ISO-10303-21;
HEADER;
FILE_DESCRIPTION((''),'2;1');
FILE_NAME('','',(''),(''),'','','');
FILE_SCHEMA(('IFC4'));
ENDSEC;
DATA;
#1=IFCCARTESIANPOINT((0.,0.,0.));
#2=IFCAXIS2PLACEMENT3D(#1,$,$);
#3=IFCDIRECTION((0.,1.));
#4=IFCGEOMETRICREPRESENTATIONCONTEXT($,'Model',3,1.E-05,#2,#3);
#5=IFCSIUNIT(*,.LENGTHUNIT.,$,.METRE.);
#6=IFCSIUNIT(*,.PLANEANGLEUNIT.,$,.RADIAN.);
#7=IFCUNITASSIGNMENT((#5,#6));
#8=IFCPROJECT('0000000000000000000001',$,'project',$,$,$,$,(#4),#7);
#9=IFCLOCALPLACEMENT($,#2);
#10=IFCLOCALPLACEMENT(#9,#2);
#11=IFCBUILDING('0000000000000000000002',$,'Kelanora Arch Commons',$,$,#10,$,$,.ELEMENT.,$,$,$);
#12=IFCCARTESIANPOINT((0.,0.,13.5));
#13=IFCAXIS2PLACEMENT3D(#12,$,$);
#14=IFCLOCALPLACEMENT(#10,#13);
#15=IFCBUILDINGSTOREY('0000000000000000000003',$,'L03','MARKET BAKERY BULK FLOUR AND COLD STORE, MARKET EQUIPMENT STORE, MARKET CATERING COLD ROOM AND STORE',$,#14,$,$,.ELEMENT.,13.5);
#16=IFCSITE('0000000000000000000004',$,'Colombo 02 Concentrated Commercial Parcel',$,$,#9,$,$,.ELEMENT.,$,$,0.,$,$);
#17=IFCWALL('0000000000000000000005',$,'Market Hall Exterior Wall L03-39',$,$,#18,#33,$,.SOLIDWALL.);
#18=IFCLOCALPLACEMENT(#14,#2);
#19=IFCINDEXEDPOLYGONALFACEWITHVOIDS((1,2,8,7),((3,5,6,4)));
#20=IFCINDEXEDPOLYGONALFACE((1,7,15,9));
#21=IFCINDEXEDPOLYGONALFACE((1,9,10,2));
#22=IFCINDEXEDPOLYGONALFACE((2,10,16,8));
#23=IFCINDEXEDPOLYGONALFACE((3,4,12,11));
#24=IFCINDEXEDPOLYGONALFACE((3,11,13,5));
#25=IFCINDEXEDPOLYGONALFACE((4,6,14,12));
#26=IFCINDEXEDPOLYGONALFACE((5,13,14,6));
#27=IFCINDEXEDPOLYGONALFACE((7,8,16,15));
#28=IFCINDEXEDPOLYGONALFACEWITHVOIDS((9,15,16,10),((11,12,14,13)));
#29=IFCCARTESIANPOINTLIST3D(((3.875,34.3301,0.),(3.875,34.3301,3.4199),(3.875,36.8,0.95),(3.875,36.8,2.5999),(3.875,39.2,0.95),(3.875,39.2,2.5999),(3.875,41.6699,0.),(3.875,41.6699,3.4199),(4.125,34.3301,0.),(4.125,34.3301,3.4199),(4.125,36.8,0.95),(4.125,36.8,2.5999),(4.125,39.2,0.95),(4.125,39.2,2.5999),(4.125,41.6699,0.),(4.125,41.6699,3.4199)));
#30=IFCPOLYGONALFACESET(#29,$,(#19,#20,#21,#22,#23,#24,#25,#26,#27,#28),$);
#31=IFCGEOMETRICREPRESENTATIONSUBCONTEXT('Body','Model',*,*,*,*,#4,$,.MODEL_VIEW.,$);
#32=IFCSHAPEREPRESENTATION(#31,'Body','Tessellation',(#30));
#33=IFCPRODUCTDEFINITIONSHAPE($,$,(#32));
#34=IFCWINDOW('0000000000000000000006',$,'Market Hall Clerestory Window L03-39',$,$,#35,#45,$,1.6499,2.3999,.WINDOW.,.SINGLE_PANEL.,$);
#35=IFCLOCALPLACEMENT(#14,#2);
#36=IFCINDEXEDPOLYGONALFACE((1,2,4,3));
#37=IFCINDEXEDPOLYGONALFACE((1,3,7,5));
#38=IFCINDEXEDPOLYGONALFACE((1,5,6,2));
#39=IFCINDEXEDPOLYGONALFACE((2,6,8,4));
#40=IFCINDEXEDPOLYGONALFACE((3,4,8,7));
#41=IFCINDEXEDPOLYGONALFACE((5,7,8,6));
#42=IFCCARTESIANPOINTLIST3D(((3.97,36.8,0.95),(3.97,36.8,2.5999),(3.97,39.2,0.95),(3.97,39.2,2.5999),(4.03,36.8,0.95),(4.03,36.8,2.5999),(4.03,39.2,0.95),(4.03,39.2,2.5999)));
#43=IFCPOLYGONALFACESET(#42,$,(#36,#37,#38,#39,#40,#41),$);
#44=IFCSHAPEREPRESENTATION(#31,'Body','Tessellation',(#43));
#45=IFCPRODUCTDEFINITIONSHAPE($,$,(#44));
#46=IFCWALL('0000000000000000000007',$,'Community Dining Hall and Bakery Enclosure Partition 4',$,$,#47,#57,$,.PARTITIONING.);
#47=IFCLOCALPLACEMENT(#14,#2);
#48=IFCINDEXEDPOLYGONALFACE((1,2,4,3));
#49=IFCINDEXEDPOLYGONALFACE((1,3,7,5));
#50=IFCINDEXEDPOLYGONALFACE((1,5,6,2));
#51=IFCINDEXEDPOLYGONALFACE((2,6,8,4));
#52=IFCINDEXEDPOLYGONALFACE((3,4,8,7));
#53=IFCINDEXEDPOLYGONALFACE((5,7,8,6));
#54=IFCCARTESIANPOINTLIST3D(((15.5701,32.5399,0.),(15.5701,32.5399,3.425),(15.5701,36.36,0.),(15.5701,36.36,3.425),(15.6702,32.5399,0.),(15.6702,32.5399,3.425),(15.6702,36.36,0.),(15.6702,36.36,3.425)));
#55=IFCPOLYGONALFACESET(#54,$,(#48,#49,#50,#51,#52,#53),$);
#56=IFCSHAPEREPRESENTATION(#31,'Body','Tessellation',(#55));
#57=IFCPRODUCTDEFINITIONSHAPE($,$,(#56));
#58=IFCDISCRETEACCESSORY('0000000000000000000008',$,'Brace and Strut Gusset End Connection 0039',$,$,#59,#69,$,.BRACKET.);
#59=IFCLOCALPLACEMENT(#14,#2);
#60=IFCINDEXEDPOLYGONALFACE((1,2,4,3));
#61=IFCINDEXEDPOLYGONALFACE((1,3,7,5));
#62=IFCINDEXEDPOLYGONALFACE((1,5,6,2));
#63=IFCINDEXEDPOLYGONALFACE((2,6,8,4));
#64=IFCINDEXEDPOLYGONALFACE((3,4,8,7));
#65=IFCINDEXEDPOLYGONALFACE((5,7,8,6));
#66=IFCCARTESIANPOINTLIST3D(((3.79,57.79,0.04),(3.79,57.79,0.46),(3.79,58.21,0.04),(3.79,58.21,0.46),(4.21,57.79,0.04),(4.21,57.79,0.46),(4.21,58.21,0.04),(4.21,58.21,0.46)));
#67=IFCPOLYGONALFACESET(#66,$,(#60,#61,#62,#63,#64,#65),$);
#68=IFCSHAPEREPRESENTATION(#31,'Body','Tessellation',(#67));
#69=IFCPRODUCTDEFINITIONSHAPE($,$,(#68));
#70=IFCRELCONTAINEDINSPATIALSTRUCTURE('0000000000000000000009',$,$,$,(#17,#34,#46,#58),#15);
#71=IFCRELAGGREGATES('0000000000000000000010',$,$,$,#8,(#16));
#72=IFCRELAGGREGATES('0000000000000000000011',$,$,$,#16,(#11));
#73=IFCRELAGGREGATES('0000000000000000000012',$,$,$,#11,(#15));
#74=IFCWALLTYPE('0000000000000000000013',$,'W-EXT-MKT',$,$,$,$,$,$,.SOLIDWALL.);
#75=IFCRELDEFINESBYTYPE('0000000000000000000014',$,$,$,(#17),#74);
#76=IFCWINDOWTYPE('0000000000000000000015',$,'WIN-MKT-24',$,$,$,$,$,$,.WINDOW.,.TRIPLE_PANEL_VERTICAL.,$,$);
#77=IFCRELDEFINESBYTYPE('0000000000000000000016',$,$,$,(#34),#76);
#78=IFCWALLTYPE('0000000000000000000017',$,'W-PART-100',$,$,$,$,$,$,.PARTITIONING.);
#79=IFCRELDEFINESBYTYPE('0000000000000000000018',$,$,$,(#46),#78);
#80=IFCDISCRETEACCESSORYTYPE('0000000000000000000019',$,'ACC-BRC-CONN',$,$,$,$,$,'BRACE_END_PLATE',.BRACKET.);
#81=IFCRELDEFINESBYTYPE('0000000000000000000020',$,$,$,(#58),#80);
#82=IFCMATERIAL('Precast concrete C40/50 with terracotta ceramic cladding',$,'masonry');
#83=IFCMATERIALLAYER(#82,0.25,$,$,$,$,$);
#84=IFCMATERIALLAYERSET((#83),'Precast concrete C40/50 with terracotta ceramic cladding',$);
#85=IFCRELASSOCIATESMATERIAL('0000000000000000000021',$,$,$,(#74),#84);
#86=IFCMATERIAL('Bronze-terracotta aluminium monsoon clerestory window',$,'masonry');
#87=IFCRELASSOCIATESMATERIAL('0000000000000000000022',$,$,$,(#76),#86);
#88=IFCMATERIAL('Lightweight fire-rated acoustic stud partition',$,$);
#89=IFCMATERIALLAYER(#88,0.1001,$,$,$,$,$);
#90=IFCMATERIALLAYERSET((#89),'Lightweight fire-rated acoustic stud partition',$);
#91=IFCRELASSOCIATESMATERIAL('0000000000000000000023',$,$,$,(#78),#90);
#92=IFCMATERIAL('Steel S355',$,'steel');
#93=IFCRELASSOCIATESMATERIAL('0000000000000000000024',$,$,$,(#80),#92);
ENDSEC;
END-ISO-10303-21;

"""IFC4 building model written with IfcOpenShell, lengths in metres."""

from ifc_helpers import new_model, si_unit, direction, frame, frame_2d, origin, origin_2d, place, context, subcontext, project, spatial, rectangle, extrude, source, transform, mapped, material, layer, layer_set, type_object, element, fill, save


model = new_model("IFC4")

# Units and contexts
model_context = context("Model", 3, precision=1e-05, world=origin(), true_north=direction((0.0, 1.0)))
body_context = subcontext(model_context, "Body", "Model", "MODEL_VIEW")
ifc_project = project(units=[si_unit("LENGTHUNIT", "METRE"), si_unit("PLANEANGLEUNIT", "RADIAN")], contexts=[model_context])

# Site, building, storey
site_placement = place(None, origin())
site = spatial("IfcSite", under=ifc_project, at=site_placement, Name="Colombo 02 Concentrated Commercial Parcel", CompositionType="ELEMENT", RefElevation=0.0)
building_placement = place(site_placement, origin())
building = spatial("IfcBuilding", under=site, at=building_placement, Name="Kelanora Arch Commons", CompositionType="ELEMENT")
storey_placement = place(building_placement, frame((0.0, 0.0, 13.5)))
storey = spatial("IfcBuildingStorey", under=building, at=storey_placement, Name="L03", Description="MARKET BAKERY BULK FLOUR AND COLD STORE, MARKET EQUIPMENT STORE, MARKET CATERING COLD ROOM AND STORE", CompositionType="ELEMENT", Elevation=13.5)

# Shared definitions
ifc_material_1 = material(Name="Steel S355", Category="steel")

# Wall, opening, window
ifc_material_2 = material(Name="Precast concrete C40/50 with terracotta ceramic cladding", Category="masonry")
ifc_layer_1 = layer(ifc_material_2, 0.25)
ifc_layer_set_1 = layer_set([ifc_layer_1], Name="Precast concrete C40/50 with terracotta ceramic cladding")
wall_type_1 = type_object("IfcWallType", Name="W-EXT-MKT", PredefinedType="SOLIDWALL", material=ifc_layer_set_1)
ifc_material_3 = material(Name="Bronze-terracotta aluminium monsoon clerestory window", Category="masonry")
window_type = type_object("IfcWindowType", Name="WIN-MKT-24", PartitioningType="TRIPLE_PANEL_VERTICAL", PredefinedType="WINDOW", material=ifc_material_3)
wall_1_placement = place(storey_placement, frame((4.0, 41.6699, 0.0), z_axis=(0.0, 0.0, 1.0), x_axis=(0.0, -1.0, 0.0)))
wall_1 = element("IfcWall", 1, at=wall_1_placement, inside=storey, type_object=wall_type_1, Name="Market Hall Exterior Wall L03-39", PredefinedType="SOLIDWALL", context=body_context, shape_type="SweptSolid", body=[
    extrude(rectangle(XDim=7.3398, YDim=0.25, at=frame_2d((3.6699, 0.0))), origin(), (0.0, 0.0, 1.0), 3.4199),
])
opening_1_placement = place(wall_1_placement, frame((2.47, 0.0, 0.95)))
opening_1 = element("IfcOpeningElement", 2, at=opening_1_placement, cuts=wall_1, PredefinedType="OPENING", context=body_context, shape_type="SweptSolid", body=[
    extrude(rectangle(XDim=2.3999, YDim=1.6499, at=frame_2d((1.2, 0.825))), frame((0.0, 0.135, 0.0), z_axis=(0.0, -1.0, 0.0), x_axis=(1.0, 0.0, 0.0)), (0.0, 0.0, 1.0), 0.27),
])
window_1_placement = place(opening_1_placement, origin())
window_1 = element("IfcWindow", 3, at=window_1_placement, inside=storey, type_object=window_type, Name="Market Hall Clerestory Window L03-39", OverallHeight=1.6499, OverallWidth=2.3999, PartitioningType="SINGLE_PANEL", PredefinedType="WINDOW", context=body_context, shape_type="SweptSolid", body=[
    extrude(rectangle(XDim=2.3999, YDim=1.6499, at=frame_2d((1.2, 0.825))), frame((0.0, 0.03, 0.0), z_axis=(0.0, -1.0, 0.0), x_axis=(1.0, 0.0, 0.0)), (0.0, 0.0, 1.0), 0.0601),
])
fill(opening_1, window_1)

# Wall
ifc_material_4 = material(Name="Lightweight fire-rated acoustic stud partition")
ifc_layer_2 = layer(ifc_material_4, 0.1001)
ifc_layer_set_2 = layer_set([ifc_layer_2], Name="Lightweight fire-rated acoustic stud partition")
wall_type_2 = type_object("IfcWallType", Name="W-PART-100", PredefinedType="PARTITIONING", material=ifc_layer_set_2)
wall_2_placement = place(storey_placement, frame((15.6201, 36.3601, 0.0), z_axis=(0.0, 0.0, 1.0), x_axis=(0.0, -1.0, 0.0)))
element("IfcWall", 4, at=wall_2_placement, inside=storey, type_object=wall_type_2, Name="Community Dining Hall and Bakery Enclosure Partition 4", PredefinedType="PARTITIONING", context=body_context, shape_type="SweptSolid", body=[
    extrude(rectangle(XDim=3.8201, YDim=0.1001, at=frame_2d((1.9102, 0.0))), origin(), (0.0, 0.0, 1.0), 3.425),
])

# Discrete accessory
discrete_accessory_type = type_object("IfcDiscreteAccessoryType", Name="ACC-BRC-CONN", ElementType="BRACE_END_PLATE", PredefinedType="BRACKET", material=ifc_material_1)
shared_shape = source(origin(), body_context, "Body", "SweptSolid", [
    extrude(rectangle(XDim=0.4199, YDim=0.4199, at=origin_2d()), origin(), (0.0, 0.0, 1.0), 0.4199),
])
discrete_accessory_placement = place(storey_placement, frame((4.0, 58.0, 0.04), z_axis=(0.0, 0.0, 1.0), x_axis=(0.0, 1.0, 0.0)))
element("IfcDiscreteAccessory", 5, at=discrete_accessory_placement, inside=storey, type_object=discrete_accessory_type, Name="Brace and Strut Gusset End Connection 0039", PredefinedType="BRACKET", context=body_context, shape_type="MappedRepresentation", body=[
    mapped(shared_shape, transform((0.0, 0.0, 0.0), scale=1.0)),
])

save(model, "model.ifc")
